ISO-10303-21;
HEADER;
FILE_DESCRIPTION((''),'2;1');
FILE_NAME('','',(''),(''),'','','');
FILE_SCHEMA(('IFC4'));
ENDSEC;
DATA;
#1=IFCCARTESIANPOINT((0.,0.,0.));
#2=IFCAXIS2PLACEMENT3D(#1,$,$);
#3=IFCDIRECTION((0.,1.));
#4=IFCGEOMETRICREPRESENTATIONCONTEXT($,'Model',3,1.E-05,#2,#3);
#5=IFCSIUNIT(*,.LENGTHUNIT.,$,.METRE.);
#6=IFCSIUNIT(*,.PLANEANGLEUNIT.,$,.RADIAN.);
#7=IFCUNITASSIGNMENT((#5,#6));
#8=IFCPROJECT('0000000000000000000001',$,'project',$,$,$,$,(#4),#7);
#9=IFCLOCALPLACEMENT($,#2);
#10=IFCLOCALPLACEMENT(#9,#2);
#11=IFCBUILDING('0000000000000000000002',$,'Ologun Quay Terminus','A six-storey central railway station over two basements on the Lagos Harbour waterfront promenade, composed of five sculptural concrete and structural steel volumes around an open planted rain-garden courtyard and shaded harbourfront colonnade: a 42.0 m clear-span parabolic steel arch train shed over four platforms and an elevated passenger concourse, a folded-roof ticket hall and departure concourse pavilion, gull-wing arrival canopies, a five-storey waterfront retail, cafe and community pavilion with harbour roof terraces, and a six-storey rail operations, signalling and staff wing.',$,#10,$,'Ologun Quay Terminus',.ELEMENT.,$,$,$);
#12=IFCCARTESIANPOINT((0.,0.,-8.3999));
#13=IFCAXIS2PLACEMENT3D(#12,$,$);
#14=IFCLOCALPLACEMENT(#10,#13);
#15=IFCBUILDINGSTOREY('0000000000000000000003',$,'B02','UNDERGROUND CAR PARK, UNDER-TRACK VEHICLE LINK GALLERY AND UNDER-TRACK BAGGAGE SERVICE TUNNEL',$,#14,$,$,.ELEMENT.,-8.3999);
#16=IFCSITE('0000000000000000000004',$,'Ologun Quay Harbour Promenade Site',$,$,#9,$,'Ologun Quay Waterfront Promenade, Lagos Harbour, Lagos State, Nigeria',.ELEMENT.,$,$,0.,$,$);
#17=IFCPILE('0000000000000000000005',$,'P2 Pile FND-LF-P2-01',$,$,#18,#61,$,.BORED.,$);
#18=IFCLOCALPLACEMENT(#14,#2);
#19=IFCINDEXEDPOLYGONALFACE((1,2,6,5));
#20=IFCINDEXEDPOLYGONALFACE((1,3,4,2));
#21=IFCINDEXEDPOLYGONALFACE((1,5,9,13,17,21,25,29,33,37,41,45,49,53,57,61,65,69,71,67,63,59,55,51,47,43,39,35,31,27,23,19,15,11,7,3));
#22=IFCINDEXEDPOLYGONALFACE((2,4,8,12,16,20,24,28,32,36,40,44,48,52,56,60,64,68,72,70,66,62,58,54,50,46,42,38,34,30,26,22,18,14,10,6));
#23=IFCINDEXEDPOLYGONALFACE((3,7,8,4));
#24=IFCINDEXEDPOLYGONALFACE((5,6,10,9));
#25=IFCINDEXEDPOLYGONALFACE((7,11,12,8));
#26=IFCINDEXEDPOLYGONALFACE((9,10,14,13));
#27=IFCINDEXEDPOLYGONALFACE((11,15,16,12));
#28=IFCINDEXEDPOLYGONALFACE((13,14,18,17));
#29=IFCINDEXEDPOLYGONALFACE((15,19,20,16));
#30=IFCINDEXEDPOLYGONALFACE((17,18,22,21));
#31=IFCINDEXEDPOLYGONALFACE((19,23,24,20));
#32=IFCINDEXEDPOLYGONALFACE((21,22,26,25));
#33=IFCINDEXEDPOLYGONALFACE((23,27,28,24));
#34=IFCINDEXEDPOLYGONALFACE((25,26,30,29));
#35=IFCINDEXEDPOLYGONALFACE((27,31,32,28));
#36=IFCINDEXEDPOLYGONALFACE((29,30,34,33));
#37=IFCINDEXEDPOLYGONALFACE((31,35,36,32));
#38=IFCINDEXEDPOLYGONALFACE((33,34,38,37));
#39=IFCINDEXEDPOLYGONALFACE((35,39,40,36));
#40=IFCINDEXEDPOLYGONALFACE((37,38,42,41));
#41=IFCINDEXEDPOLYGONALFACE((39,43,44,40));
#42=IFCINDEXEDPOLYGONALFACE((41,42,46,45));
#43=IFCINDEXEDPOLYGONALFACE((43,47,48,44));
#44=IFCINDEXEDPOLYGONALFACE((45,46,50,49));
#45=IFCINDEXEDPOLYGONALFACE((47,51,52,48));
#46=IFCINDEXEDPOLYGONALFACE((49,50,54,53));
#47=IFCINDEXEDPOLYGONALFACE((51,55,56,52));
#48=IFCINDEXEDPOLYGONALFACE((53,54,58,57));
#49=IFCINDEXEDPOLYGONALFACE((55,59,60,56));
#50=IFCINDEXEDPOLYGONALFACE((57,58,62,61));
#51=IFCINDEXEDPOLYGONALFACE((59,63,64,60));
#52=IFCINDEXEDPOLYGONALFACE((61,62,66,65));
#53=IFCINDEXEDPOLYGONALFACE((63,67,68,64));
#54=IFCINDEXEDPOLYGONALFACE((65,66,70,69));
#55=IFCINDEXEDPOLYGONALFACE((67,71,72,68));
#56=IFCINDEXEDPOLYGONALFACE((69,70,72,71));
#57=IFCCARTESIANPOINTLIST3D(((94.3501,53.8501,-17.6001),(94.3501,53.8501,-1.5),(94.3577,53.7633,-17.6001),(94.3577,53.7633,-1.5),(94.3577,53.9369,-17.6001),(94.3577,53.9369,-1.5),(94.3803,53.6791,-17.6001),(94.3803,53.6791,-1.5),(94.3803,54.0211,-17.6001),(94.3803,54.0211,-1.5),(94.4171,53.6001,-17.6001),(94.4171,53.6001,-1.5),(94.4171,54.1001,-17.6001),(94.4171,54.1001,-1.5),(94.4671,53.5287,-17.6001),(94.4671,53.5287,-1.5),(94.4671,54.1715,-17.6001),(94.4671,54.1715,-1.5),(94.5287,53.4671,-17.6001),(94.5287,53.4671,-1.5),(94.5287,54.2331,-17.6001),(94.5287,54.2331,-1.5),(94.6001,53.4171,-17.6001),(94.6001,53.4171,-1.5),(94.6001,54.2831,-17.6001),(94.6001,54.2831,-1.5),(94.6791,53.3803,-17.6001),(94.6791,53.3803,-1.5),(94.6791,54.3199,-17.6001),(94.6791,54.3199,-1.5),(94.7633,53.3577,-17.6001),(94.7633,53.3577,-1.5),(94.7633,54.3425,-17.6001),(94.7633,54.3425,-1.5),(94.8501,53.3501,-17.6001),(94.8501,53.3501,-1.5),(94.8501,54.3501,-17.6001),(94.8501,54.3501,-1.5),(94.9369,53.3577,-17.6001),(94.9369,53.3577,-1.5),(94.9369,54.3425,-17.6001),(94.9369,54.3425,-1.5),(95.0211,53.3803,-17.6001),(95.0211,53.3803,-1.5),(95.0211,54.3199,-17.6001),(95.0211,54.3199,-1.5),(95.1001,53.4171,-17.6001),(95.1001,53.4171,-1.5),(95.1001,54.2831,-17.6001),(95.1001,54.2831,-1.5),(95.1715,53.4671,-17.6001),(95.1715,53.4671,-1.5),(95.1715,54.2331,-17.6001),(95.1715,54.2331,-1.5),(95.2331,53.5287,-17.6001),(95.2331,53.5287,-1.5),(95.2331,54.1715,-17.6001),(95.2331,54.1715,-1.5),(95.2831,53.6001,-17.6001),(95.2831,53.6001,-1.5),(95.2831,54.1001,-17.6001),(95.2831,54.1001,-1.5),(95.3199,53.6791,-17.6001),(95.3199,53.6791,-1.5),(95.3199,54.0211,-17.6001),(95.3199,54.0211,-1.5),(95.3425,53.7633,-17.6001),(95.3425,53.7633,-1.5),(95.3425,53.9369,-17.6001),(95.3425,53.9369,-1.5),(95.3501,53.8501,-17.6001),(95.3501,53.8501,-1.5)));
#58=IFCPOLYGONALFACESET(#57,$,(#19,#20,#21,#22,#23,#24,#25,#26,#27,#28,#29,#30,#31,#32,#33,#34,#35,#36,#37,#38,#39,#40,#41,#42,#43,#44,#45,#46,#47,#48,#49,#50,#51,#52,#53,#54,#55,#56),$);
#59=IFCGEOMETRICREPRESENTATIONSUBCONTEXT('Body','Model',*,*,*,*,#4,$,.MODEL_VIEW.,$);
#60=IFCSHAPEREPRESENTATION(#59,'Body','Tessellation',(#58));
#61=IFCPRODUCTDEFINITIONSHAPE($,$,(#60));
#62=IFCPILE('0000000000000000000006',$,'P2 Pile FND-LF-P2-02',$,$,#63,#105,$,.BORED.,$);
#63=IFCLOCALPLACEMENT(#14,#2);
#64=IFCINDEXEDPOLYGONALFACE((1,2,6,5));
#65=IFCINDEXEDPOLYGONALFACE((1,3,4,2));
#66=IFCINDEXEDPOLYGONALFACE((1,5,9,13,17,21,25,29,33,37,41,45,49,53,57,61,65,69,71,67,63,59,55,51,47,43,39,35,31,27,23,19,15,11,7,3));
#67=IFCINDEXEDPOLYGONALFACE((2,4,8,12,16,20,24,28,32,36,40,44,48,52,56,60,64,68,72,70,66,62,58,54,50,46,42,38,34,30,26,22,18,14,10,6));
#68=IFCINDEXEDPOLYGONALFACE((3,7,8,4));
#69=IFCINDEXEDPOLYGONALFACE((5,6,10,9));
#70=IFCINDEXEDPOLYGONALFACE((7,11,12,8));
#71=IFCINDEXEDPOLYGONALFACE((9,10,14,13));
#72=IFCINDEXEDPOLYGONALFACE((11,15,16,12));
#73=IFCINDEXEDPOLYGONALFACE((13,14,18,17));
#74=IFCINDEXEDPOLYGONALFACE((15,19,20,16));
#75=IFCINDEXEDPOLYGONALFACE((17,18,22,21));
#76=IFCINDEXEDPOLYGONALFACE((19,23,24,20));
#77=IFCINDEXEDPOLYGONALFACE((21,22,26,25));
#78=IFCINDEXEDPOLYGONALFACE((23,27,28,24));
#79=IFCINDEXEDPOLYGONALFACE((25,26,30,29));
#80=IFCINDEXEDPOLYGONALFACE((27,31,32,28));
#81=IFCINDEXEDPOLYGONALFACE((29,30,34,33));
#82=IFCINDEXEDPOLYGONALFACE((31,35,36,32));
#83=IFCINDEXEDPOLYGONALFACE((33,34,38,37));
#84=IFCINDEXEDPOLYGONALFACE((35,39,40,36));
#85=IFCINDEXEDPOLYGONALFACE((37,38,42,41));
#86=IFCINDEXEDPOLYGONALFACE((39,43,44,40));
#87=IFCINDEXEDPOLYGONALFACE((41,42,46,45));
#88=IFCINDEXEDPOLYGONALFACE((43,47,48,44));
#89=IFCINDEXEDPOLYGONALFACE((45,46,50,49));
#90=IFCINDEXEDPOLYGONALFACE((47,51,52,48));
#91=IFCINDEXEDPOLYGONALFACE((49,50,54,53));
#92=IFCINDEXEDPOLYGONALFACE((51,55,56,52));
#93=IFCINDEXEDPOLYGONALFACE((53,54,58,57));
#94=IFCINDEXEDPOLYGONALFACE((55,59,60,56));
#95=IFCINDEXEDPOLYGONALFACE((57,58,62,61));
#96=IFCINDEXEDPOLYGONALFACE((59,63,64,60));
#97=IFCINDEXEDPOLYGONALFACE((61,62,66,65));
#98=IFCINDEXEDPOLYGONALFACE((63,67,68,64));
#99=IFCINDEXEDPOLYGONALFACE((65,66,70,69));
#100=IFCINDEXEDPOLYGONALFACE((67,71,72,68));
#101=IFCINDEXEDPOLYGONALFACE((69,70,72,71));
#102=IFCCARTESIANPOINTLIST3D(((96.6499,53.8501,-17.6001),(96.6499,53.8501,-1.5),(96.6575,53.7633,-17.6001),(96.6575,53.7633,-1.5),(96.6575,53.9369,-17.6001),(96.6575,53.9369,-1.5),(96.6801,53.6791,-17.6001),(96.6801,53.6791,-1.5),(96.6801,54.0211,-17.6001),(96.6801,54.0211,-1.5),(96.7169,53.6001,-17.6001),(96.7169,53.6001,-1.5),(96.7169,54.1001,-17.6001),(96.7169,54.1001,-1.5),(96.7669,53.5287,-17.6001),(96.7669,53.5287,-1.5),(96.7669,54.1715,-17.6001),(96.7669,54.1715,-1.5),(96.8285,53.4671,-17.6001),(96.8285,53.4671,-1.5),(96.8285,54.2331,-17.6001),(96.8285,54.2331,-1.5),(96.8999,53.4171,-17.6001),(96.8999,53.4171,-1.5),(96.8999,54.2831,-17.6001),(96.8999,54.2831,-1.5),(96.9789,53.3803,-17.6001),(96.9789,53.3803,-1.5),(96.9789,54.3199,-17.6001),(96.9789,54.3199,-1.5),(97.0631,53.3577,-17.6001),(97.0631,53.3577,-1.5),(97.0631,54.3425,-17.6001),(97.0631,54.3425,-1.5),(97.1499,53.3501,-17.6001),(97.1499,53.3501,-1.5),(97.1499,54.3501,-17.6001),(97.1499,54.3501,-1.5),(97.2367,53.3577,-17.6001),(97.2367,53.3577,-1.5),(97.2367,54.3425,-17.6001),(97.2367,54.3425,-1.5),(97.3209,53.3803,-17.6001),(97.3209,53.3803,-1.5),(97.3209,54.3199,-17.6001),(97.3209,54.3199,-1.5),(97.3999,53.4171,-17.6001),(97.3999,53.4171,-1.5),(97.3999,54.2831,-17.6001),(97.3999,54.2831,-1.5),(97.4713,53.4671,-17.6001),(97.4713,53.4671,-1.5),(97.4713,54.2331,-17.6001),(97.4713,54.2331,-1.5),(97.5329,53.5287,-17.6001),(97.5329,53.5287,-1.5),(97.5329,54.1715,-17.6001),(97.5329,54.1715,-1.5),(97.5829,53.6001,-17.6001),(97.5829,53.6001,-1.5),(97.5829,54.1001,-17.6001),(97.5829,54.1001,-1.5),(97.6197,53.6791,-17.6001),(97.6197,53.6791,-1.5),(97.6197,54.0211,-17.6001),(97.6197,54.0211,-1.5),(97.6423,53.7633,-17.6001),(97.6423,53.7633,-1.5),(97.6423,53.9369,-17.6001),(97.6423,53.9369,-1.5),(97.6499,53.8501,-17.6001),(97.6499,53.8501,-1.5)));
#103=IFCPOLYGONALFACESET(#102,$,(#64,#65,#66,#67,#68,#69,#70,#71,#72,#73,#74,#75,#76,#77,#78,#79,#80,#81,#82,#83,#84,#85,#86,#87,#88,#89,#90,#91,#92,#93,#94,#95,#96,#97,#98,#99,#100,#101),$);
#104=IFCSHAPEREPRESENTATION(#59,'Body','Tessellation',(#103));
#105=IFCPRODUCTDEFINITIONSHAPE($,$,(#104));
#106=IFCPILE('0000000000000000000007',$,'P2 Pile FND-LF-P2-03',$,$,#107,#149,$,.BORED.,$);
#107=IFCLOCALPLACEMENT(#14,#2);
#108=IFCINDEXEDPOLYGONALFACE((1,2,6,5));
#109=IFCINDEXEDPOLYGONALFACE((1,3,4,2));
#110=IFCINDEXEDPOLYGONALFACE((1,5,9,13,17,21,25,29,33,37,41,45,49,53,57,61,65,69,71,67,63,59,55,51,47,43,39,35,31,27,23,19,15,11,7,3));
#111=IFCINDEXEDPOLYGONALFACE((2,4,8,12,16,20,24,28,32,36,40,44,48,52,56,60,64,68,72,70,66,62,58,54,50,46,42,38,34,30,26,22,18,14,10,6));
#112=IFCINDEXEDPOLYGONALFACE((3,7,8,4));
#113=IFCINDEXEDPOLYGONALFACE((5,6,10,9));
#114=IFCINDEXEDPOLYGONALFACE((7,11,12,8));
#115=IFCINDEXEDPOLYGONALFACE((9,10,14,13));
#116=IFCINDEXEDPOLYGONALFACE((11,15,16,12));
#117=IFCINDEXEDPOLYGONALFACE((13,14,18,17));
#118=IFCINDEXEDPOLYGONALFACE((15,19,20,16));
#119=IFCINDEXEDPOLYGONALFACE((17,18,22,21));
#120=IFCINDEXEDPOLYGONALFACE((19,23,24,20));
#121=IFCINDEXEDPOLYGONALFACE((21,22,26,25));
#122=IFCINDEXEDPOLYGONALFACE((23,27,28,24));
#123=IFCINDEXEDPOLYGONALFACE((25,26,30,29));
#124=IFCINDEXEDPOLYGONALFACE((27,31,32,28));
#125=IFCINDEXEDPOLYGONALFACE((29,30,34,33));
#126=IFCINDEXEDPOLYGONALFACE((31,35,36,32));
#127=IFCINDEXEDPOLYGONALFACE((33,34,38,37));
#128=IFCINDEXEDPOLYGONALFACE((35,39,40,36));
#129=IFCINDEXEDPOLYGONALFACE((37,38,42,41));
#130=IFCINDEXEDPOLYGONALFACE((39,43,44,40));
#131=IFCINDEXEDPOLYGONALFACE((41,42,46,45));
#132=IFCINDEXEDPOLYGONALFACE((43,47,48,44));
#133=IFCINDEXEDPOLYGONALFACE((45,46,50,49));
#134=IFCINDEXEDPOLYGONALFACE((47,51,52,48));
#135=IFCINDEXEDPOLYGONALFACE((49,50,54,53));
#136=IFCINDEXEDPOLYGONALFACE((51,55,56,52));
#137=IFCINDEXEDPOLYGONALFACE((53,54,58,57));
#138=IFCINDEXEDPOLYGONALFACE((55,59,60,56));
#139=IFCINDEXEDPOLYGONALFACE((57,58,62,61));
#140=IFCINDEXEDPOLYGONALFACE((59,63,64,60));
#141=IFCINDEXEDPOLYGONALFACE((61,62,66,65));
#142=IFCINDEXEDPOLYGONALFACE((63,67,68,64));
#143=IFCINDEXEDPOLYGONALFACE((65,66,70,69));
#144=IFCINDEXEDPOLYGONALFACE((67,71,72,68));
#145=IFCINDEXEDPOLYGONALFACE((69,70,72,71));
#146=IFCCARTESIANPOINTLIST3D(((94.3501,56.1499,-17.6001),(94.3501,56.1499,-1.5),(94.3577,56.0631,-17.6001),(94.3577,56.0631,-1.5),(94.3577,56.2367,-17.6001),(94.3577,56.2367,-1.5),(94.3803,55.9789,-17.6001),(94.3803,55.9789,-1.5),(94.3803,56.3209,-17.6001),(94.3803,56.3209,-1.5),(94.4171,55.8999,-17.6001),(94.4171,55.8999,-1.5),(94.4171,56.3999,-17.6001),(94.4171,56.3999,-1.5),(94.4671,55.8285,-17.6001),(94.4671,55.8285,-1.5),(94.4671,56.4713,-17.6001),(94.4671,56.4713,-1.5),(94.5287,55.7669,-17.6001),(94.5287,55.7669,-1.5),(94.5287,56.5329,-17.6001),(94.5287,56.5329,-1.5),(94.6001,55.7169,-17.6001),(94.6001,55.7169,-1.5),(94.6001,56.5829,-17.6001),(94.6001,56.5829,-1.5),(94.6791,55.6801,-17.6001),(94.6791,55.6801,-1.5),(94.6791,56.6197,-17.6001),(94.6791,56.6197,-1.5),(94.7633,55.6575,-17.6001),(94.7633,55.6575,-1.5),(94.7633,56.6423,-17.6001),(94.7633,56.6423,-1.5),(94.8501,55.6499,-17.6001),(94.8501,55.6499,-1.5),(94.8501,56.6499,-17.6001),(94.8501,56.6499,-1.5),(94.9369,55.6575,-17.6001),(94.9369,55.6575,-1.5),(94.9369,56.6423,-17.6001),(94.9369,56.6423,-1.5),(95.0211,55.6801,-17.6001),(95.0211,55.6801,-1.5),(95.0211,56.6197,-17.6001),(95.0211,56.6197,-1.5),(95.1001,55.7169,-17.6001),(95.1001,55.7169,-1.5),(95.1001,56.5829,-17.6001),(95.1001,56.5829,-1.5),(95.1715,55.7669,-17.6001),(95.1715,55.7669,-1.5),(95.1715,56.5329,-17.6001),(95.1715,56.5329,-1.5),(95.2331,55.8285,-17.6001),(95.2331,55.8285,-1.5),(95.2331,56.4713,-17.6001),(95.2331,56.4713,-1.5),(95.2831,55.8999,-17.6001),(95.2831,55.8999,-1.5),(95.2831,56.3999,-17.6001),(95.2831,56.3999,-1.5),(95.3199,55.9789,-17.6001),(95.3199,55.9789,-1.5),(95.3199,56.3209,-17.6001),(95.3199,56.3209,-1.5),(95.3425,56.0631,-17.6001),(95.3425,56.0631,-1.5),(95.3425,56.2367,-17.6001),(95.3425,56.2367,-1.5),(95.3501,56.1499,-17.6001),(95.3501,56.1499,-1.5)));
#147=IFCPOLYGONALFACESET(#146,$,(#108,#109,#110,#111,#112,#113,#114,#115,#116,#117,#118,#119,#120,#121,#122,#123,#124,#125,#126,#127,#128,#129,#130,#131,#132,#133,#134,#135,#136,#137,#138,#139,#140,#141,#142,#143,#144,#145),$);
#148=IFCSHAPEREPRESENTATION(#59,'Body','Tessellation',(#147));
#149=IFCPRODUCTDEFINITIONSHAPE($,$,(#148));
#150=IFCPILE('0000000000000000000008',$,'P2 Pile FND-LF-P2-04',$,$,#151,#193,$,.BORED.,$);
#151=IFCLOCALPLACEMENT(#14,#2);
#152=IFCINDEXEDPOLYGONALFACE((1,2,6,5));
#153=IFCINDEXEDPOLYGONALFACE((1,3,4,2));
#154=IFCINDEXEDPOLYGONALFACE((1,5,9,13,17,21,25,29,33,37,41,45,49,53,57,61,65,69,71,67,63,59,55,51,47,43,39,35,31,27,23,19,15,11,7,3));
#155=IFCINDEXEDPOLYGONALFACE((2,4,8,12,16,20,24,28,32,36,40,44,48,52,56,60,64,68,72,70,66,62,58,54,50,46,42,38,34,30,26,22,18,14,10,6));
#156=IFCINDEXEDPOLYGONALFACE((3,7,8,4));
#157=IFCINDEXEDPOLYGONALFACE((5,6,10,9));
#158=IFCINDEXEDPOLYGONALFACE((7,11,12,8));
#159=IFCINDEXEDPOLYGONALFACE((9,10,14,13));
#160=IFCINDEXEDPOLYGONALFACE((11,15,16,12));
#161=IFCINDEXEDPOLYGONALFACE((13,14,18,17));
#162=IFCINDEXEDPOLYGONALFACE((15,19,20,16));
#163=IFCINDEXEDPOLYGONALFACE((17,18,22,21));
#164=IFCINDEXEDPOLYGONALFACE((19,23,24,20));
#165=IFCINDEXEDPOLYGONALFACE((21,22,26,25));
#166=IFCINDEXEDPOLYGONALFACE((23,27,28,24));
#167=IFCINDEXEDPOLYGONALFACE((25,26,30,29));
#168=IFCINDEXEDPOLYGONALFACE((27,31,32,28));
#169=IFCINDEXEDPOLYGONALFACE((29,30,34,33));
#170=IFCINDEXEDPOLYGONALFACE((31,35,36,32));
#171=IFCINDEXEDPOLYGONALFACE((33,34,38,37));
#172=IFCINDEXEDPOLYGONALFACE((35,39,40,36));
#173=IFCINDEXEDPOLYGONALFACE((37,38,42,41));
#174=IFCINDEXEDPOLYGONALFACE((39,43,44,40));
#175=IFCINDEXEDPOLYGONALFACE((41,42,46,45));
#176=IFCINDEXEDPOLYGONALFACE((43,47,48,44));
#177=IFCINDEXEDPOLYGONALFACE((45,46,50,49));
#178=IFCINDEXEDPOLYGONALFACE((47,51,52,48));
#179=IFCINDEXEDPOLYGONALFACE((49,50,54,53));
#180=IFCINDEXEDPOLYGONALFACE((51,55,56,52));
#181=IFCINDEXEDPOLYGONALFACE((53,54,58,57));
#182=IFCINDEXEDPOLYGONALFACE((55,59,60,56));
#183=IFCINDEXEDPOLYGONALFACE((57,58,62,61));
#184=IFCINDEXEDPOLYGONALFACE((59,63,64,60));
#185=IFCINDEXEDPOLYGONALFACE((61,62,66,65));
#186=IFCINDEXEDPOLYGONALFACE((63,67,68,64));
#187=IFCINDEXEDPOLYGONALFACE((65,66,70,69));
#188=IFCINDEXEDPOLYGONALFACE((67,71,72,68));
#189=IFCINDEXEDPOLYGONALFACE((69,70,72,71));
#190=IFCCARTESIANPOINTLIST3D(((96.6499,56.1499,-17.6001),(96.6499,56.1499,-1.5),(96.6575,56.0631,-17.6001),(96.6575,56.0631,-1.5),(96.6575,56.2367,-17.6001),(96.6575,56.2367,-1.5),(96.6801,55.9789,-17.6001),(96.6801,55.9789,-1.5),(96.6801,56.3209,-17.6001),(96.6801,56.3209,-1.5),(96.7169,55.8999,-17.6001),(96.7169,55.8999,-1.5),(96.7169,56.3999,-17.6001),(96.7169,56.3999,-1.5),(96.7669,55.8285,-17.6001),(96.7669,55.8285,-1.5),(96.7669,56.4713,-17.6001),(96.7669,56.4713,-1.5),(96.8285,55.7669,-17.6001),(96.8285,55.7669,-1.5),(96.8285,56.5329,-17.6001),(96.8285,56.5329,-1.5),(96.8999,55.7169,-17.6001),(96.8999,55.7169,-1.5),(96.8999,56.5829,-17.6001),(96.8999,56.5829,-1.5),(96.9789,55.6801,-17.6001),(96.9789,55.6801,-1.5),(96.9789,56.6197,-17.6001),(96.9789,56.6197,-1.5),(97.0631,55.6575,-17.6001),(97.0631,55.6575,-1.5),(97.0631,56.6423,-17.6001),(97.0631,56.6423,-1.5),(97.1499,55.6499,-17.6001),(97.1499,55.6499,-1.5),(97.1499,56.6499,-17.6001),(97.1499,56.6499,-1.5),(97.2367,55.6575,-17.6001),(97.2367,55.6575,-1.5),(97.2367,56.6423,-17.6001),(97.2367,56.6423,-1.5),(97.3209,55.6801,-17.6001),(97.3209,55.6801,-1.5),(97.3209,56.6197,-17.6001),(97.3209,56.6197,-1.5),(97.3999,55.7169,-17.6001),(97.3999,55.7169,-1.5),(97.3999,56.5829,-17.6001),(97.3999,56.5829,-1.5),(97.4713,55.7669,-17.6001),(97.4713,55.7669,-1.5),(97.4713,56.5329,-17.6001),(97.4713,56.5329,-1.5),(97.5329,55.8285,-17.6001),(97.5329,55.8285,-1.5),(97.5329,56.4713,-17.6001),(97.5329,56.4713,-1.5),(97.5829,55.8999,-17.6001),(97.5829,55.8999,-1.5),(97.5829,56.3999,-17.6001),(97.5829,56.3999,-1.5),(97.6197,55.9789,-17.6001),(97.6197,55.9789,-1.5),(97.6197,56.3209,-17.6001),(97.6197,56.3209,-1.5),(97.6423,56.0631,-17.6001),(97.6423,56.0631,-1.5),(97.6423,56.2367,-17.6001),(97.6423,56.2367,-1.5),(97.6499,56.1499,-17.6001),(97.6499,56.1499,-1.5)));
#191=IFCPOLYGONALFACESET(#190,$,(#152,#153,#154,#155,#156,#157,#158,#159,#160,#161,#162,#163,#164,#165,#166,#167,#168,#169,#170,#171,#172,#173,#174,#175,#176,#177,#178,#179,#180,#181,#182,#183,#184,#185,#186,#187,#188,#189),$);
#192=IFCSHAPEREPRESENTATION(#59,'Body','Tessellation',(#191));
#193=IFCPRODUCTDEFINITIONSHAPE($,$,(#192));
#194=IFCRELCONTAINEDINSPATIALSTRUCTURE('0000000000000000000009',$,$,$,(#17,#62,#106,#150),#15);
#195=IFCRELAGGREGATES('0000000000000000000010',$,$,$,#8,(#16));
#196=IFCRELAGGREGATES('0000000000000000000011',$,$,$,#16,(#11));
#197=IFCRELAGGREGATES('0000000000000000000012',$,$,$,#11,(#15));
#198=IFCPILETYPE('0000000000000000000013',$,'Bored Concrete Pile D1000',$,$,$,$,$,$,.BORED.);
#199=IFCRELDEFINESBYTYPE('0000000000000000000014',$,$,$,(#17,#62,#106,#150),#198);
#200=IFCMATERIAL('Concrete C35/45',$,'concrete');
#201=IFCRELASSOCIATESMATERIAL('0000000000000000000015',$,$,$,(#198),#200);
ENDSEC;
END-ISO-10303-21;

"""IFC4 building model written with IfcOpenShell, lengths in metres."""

from ifc_helpers import new_model, si_unit, direction, frame, origin, origin_2d, place, context, subcontext, project, spatial, circle, extrude, material, material_profile, profile_set, type_object, element, save


model = new_model("IFC4")

# Units and contexts
model_context = context("Model", 3, precision=1e-05, world=origin(), true_north=direction((0.0, 1.0)))
body_context = subcontext(model_context, "Body", "Model", "MODEL_VIEW")
ifc_project = project(units=[si_unit("LENGTHUNIT", "METRE"), si_unit("PLANEANGLEUNIT", "RADIAN")], contexts=[model_context])

# Site, building, storey
site_placement = place(None, origin())
site = spatial("IfcSite", under=ifc_project, at=site_placement, Name="Ologun Quay Harbour Promenade Site", LongName="Ologun Quay Waterfront Promenade, Lagos Harbour, Lagos State, Nigeria", CompositionType="ELEMENT", RefElevation=0.0)
building_placement = place(site_placement, origin())
building = spatial("IfcBuilding", under=site, at=building_placement, Name="Ologun Quay Terminus", Description="A six-storey central railway station over two basements on the Lagos Harbour waterfront promenade, composed of five sculptural concrete and structural steel volumes around an open planted rain-garden courtyard and shaded harbourfront colonnade: a 42.0 m clear-span parabolic steel arch train shed over four platforms and an elevated passenger concourse, a folded-roof ticket hall and departure concourse pavilion, gull-wing arrival canopies, a five-storey waterfront retail, cafe and community pavilion with harbour roof terraces, and a six-storey rail operations, signalling and staff wing.", LongName="Ologun Quay Terminus", CompositionType="ELEMENT")
storey_placement = place(building_placement, frame((0.0, 0.0, -8.3999)))
storey = spatial("IfcBuildingStorey", under=building, at=storey_placement, Name="B02", Description="UNDERGROUND CAR PARK, UNDER-TRACK VEHICLE LINK GALLERY AND UNDER-TRACK BAGGAGE SERVICE TUNNEL", CompositionType="ELEMENT", Elevation=-8.3999)

# Piles
ifc_material_1 = material(Name="Concrete C35/45", Category="concrete")
ifc_material_profile_1 = material_profile(ifc_material_1, circle(Radius=0.5, at=origin_2d()), Name="PILE D1000")
ifc_profile_set_1 = profile_set([ifc_material_profile_1], Name="Concrete C35/45")
pile_type_1 = type_object("IfcPileType", Name="Bored Concrete Pile D1000", PredefinedType="BORED", material=ifc_profile_set_1)
for number, where, z_axis, x_axis, name in (
    (1, (94.8501, 53.8501, -1.5), (0.0, 0.0, -1.0), (1.0, 0.0, 0.0), "P2 Pile FND-LF-P2-01"),
    (2, (97.1499, 53.8501, -1.5), (0.0, 0.0, -1.0), (1.0, 0.0, 0.0), "P2 Pile FND-LF-P2-02"),
    (3, (94.8501, 56.1499, -1.5), (0.0, 0.0, -1.0), (1.0, 0.0, 0.0), "P2 Pile FND-LF-P2-03"),
    (4, (97.1499, 56.1499, -1.5), (0.0, 0.0, -1.0), (1.0, 0.0, 0.0), "P2 Pile FND-LF-P2-04"),
):
    element("IfcPile", number, at=place(storey_placement, frame(where, z_axis=z_axis, x_axis=x_axis)), inside=storey, type_object=pile_type_1, Name=name, PredefinedType="BORED", context=body_context, shape_type="SweptSolid", body=[
        extrude(circle(Radius=0.5, at=origin_2d()), origin(), (0.0, 0.0, 1.0), 16.1001),
    ])

save(model, "model.ifc")
